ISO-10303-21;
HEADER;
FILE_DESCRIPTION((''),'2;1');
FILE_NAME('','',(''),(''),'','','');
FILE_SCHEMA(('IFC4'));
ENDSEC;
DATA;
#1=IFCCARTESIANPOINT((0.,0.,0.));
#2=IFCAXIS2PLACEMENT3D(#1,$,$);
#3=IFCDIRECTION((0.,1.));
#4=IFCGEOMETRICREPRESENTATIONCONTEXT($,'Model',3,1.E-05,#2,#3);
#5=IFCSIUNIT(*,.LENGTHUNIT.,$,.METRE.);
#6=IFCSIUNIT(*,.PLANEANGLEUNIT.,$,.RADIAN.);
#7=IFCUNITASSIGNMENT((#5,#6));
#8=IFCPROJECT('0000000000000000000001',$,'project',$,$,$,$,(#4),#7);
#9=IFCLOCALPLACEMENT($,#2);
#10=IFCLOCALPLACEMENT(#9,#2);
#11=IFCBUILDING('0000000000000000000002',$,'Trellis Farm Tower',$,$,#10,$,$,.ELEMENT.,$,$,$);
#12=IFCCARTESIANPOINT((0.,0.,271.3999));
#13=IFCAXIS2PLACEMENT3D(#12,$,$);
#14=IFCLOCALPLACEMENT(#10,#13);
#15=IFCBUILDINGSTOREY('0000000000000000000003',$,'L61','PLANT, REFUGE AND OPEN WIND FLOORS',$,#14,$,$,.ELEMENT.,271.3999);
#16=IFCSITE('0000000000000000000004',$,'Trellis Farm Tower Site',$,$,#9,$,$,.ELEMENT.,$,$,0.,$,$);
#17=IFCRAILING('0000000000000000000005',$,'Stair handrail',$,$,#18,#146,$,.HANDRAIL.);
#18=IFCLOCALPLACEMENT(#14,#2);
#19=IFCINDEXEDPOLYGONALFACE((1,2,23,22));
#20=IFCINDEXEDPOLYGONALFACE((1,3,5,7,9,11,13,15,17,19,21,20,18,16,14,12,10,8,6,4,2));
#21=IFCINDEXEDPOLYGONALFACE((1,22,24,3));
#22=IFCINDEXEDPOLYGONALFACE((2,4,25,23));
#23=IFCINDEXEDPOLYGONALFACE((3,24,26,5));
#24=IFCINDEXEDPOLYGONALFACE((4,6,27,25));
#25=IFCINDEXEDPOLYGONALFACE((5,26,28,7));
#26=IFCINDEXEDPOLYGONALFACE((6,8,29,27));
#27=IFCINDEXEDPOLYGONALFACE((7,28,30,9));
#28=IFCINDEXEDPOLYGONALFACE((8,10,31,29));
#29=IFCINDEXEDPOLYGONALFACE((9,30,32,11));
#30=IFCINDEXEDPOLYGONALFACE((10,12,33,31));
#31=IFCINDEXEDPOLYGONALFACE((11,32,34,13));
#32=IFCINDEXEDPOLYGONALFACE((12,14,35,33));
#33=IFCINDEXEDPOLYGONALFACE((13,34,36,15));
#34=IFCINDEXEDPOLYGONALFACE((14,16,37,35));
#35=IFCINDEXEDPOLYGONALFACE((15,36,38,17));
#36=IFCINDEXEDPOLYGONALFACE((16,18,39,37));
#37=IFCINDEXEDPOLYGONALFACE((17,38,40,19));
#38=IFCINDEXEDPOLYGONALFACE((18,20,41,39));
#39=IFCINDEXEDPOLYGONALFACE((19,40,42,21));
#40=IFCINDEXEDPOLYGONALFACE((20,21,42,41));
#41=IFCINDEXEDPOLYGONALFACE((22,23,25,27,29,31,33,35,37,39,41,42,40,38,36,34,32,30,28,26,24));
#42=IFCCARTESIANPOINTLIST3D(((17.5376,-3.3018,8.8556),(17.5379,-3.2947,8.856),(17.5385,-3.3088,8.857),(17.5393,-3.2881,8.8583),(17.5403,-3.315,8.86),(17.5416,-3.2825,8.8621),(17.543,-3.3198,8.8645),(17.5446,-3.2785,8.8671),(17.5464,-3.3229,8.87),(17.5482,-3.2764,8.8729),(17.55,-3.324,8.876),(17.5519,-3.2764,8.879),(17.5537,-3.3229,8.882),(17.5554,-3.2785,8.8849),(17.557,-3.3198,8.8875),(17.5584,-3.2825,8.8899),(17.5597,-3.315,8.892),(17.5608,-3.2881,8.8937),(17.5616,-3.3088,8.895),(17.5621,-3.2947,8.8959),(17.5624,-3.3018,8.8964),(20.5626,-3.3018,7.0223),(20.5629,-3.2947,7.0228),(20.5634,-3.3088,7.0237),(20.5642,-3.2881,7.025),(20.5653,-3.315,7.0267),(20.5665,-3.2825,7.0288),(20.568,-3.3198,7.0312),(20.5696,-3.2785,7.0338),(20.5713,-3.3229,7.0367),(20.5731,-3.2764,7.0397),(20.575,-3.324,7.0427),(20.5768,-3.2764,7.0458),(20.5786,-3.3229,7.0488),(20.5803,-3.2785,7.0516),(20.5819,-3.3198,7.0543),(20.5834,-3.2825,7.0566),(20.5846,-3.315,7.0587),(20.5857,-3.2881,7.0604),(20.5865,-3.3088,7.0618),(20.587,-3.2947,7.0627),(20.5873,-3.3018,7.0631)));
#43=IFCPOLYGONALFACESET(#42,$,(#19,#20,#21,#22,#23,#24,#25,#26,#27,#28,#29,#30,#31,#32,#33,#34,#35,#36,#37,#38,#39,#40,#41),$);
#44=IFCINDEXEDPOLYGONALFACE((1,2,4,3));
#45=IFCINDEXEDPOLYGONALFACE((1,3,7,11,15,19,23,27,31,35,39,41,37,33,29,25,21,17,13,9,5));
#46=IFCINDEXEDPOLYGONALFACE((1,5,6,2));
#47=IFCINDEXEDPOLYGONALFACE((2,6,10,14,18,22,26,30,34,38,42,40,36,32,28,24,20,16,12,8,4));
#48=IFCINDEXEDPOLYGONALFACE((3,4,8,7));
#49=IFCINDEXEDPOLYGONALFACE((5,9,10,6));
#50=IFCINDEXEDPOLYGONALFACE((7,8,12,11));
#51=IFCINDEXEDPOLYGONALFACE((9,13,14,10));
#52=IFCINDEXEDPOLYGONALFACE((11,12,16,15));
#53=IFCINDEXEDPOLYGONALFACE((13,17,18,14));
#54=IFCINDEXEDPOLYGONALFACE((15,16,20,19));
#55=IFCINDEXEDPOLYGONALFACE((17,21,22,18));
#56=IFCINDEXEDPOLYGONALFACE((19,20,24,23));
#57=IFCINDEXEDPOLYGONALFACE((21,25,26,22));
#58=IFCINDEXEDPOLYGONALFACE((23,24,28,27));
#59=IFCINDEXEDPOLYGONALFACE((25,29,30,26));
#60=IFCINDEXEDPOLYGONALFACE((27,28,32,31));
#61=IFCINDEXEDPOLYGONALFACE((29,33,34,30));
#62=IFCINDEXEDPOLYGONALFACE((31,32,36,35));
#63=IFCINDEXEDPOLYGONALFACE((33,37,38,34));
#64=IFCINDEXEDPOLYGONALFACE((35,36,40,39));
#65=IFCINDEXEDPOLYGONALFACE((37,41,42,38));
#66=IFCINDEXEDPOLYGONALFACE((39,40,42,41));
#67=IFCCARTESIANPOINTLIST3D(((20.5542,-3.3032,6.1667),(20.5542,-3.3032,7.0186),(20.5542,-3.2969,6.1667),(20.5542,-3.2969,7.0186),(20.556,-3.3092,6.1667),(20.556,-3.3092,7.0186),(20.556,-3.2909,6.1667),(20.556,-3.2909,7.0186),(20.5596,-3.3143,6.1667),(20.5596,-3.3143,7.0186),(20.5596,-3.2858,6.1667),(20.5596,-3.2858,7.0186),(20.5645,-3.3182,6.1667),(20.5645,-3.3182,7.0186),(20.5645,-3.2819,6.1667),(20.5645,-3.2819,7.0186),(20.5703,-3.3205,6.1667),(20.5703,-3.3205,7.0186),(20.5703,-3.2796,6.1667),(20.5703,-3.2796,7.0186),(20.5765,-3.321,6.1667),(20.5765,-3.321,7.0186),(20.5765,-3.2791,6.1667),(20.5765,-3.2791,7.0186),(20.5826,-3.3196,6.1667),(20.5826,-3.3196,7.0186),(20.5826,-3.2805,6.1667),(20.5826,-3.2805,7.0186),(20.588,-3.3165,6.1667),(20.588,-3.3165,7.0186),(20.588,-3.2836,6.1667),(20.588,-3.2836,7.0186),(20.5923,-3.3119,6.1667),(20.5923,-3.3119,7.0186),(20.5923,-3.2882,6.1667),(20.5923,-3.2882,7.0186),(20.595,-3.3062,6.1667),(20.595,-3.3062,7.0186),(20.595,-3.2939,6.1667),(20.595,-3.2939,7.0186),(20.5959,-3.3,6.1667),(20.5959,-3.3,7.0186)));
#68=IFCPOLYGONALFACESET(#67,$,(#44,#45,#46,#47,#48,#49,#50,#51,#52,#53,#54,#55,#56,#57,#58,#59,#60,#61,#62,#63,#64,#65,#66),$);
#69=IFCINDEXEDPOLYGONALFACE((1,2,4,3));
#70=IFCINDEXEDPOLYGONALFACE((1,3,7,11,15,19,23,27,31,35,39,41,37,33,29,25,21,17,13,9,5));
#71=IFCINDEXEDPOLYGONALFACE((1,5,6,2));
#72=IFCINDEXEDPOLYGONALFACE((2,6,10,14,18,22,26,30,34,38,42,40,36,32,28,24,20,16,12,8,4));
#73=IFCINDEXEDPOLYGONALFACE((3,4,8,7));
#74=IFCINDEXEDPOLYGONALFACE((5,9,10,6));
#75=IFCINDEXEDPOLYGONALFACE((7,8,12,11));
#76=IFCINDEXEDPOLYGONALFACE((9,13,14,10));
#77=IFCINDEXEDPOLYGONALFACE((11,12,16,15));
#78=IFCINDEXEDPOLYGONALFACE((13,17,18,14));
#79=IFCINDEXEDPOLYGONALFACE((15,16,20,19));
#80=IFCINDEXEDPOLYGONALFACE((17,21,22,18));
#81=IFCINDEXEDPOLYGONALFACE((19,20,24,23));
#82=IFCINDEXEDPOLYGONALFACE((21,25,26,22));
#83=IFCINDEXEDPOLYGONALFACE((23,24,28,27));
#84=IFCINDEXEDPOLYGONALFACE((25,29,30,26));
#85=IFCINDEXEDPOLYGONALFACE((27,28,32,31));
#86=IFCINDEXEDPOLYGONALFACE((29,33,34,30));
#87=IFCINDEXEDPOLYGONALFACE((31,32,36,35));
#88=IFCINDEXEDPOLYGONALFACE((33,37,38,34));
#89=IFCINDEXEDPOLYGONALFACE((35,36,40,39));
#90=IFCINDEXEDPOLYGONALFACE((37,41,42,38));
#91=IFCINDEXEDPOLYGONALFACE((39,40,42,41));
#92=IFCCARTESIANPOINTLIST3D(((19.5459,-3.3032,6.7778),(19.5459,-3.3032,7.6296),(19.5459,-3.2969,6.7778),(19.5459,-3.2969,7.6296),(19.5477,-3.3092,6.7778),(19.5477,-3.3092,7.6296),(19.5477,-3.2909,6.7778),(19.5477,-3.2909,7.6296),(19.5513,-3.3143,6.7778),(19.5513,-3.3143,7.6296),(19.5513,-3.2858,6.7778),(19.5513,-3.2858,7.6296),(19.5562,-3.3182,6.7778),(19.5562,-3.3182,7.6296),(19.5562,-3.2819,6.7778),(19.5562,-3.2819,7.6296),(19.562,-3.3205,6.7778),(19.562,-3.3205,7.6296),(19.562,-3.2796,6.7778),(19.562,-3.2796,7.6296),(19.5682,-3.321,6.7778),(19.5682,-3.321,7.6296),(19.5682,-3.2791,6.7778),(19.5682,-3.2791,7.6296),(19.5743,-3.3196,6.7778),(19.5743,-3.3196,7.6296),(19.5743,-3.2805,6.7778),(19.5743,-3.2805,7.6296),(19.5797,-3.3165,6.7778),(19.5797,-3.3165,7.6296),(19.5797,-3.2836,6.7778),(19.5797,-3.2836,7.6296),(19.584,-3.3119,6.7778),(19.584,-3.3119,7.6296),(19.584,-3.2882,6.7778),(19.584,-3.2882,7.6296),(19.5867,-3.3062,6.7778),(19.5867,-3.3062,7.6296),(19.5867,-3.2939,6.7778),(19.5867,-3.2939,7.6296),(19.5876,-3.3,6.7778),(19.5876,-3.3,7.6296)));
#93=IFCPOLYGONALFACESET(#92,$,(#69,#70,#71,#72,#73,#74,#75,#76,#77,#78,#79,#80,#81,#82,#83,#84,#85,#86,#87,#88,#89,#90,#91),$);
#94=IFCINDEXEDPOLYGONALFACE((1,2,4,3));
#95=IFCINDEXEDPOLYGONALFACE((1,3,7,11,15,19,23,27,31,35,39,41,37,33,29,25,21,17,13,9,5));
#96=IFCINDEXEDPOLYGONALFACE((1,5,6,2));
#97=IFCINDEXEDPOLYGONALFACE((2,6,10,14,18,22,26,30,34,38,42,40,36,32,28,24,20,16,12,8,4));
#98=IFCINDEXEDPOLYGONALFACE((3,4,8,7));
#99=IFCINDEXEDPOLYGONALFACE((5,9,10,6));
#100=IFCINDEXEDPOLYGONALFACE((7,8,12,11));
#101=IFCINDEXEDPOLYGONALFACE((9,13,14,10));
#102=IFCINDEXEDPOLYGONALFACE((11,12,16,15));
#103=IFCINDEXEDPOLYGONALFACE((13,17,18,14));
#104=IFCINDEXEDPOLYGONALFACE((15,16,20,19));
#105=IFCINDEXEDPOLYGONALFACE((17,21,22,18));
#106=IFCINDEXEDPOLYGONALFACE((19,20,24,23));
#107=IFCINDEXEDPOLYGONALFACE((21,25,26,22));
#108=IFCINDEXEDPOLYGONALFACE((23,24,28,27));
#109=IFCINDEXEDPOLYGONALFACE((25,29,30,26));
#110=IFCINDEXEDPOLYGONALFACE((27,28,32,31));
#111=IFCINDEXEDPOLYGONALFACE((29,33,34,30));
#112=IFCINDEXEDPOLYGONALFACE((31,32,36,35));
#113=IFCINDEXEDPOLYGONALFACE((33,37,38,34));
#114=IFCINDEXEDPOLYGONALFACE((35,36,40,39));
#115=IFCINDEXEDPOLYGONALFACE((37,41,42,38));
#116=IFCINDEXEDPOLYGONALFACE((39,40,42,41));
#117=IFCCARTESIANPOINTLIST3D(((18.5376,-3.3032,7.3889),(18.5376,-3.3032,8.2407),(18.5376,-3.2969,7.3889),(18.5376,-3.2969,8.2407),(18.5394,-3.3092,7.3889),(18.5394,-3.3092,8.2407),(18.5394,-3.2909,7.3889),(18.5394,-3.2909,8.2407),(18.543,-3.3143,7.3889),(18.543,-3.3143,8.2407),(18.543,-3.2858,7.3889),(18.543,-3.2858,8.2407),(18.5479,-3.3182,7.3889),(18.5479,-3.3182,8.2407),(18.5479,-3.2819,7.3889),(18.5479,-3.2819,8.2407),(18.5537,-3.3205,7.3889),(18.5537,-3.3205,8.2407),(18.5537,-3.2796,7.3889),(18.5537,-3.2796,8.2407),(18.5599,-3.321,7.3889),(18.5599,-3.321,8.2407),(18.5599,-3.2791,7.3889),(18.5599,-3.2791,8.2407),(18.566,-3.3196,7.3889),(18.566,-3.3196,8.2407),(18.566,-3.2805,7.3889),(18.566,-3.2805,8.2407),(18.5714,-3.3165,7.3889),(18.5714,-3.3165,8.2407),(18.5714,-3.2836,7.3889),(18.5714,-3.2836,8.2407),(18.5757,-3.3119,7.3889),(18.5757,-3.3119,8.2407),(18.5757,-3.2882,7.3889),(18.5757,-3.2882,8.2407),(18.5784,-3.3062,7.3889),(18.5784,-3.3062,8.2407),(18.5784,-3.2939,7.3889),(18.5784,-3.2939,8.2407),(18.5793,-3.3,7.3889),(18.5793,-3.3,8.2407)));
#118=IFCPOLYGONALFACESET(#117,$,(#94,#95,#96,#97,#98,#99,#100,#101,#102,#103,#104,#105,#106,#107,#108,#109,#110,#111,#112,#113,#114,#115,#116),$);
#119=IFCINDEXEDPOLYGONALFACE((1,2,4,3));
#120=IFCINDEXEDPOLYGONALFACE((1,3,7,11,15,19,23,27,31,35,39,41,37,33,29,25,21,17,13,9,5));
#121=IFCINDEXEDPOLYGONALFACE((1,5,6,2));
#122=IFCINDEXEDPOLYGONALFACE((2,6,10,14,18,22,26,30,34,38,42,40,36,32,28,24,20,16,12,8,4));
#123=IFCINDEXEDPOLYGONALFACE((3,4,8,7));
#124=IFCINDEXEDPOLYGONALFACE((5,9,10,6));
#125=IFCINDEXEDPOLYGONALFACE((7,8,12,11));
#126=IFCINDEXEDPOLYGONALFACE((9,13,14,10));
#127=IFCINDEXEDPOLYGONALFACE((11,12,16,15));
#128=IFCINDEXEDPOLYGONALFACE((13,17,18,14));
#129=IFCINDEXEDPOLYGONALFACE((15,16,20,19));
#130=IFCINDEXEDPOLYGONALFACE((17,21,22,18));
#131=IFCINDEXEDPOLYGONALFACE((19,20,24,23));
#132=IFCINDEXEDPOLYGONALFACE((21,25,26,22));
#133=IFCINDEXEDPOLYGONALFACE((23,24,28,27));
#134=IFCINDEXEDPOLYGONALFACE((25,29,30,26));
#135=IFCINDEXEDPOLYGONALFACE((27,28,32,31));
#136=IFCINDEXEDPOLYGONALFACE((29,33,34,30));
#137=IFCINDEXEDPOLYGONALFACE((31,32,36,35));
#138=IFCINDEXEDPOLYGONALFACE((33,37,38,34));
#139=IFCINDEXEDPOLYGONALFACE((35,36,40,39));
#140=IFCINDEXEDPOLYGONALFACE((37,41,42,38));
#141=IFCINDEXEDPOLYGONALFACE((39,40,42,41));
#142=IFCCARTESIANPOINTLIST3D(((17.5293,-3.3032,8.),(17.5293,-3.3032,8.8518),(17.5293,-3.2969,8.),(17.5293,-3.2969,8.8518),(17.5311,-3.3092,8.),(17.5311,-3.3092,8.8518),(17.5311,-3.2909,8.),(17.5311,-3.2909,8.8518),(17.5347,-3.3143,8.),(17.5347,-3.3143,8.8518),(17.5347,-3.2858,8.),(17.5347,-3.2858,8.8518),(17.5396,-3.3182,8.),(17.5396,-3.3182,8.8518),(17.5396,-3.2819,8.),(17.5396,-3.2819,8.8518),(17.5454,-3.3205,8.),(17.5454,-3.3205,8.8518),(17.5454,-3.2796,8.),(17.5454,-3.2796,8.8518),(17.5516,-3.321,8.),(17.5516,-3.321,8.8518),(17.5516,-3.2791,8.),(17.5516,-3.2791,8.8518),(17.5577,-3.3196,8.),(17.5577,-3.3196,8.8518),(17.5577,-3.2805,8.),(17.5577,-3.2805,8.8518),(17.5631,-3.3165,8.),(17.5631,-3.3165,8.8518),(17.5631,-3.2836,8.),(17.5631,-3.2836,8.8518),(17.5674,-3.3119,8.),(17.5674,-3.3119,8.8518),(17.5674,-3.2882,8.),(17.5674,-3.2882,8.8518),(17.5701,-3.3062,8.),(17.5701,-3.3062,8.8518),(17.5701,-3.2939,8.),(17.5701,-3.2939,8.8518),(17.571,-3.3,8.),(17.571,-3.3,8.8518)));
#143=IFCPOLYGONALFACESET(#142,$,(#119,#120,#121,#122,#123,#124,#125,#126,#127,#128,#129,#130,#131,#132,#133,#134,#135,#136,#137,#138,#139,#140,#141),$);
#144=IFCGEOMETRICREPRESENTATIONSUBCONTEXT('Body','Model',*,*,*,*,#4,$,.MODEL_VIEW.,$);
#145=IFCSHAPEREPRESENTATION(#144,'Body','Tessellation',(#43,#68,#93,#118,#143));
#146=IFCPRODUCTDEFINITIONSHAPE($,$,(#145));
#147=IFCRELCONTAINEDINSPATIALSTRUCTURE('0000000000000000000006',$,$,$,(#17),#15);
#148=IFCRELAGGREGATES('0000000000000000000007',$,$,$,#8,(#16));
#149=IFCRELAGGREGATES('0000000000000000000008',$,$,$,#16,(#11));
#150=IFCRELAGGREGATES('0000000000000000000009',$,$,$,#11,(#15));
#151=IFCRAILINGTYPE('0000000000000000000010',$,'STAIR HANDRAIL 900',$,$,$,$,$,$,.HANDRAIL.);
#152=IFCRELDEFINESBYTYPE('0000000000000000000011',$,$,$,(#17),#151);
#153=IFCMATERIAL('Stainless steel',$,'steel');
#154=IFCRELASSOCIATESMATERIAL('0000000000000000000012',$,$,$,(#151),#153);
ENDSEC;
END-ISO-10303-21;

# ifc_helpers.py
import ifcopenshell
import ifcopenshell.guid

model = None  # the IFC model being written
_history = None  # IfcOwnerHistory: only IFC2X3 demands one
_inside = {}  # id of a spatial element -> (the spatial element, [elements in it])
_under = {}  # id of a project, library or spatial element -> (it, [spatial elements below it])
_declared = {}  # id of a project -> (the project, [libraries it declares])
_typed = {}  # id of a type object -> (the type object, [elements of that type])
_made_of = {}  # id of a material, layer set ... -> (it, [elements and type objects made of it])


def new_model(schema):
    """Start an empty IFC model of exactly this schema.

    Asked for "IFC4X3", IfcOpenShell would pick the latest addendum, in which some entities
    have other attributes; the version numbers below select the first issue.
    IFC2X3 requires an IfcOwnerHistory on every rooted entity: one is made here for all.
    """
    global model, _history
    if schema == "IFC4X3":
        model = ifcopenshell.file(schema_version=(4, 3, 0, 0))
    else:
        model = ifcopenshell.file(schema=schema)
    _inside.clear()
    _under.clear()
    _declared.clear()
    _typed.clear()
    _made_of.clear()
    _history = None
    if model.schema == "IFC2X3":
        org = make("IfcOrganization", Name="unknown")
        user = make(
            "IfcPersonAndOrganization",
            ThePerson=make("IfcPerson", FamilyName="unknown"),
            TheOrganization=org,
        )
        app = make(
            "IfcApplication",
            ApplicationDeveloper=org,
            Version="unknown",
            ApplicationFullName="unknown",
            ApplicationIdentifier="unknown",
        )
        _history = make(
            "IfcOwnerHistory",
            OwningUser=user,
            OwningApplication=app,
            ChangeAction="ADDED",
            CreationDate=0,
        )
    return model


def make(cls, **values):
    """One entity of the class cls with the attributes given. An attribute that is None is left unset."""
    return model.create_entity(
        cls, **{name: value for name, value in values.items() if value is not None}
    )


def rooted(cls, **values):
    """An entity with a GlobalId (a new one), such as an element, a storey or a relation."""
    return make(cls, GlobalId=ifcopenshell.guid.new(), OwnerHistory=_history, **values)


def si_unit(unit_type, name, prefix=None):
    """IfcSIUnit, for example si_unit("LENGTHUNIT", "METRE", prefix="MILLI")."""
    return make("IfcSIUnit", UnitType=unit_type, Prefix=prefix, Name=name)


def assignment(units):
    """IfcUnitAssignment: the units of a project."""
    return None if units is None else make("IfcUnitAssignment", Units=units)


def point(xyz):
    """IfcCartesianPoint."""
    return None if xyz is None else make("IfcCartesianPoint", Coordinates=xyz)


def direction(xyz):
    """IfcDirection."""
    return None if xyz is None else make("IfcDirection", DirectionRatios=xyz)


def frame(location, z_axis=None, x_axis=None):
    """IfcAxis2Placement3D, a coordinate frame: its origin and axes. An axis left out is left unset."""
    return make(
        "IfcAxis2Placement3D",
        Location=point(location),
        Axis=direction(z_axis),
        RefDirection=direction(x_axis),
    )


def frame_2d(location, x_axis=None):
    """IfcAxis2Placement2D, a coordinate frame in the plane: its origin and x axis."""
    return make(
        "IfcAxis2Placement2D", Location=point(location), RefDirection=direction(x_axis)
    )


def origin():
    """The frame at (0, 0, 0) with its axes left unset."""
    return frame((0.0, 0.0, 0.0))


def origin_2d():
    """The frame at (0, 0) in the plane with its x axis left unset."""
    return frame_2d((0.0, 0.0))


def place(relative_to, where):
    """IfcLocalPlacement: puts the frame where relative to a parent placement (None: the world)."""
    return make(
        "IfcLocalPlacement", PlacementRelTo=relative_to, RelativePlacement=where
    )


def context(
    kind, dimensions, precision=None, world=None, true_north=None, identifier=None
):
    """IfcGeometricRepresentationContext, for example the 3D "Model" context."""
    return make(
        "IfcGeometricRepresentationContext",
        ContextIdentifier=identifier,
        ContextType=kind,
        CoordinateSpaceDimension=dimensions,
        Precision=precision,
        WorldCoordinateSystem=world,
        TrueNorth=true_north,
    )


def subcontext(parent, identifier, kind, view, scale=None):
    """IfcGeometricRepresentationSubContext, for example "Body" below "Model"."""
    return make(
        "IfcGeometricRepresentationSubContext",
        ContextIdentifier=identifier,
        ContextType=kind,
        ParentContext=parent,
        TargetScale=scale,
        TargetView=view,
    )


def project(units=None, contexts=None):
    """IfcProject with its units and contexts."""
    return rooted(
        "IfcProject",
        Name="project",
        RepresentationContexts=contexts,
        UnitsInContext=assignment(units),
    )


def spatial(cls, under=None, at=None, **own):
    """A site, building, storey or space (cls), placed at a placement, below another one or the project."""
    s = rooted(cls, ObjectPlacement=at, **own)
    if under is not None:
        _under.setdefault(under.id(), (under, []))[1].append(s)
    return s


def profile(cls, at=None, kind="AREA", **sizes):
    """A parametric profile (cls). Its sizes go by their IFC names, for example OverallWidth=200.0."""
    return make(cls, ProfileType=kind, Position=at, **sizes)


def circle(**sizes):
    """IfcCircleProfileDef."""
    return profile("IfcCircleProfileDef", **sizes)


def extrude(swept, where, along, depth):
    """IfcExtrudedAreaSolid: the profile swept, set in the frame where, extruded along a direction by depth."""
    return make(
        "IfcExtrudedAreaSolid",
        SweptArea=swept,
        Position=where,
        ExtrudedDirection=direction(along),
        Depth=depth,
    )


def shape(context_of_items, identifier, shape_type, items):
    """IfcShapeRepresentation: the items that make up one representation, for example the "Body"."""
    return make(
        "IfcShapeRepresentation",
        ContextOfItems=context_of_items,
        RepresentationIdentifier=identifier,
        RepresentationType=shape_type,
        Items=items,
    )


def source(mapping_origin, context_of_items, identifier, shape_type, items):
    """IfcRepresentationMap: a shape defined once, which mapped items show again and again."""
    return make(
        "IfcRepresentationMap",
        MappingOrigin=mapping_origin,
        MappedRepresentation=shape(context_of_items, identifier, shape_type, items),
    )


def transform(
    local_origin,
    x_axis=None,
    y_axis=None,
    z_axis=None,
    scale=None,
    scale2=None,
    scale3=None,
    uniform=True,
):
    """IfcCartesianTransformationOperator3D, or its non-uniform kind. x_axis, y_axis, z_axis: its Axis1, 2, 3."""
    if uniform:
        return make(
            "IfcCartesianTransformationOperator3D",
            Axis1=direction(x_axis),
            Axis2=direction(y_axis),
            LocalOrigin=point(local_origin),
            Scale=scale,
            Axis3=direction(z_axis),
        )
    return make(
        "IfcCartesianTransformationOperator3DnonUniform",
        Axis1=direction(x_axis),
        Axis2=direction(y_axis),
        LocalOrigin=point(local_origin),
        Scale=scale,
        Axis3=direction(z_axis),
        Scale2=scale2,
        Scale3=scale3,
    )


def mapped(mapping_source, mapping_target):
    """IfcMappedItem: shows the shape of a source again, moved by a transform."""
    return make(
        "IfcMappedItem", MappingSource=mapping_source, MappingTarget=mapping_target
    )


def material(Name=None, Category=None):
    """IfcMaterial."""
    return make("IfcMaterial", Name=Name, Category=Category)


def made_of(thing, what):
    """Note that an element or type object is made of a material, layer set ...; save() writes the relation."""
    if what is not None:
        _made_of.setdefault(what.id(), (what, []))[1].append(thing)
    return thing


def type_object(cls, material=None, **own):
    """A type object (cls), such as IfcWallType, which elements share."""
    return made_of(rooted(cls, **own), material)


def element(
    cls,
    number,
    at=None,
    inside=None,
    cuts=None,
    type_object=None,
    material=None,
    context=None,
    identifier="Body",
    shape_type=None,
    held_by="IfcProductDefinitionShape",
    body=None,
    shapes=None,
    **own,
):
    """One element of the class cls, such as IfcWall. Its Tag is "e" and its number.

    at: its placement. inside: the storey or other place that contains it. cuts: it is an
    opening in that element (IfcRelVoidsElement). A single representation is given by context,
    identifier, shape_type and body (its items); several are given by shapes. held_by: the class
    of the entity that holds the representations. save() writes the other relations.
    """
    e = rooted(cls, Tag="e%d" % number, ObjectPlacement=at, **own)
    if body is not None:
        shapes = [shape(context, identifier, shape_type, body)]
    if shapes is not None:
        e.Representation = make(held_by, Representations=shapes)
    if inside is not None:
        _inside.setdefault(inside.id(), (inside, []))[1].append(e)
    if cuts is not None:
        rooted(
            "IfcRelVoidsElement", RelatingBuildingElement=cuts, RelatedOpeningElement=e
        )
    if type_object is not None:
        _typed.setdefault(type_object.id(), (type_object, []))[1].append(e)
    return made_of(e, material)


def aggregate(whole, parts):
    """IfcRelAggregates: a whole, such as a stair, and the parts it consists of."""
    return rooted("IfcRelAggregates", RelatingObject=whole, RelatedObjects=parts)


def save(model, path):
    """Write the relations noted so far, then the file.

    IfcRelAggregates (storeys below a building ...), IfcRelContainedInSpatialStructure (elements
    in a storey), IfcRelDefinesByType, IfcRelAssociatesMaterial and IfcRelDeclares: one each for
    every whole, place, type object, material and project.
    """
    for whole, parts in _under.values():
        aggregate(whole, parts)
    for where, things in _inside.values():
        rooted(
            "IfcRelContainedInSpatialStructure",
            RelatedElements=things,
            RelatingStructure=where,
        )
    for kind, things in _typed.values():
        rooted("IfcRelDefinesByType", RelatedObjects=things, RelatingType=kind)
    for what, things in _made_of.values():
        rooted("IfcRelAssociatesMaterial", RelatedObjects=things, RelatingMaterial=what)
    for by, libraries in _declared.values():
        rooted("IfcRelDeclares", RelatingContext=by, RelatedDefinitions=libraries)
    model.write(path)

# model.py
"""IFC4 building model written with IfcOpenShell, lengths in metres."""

from ifc_helpers import new_model, si_unit, direction, frame, origin, origin_2d, place, context, subcontext, project, spatial, circle, extrude, source, transform, mapped, material, type_object, element, save


model = new_model("IFC4")

# Units and contexts
model_context = context("Model", 3, precision=1e-05, world=origin(), true_north=direction((0.0, 1.0)))
body_context = subcontext(model_context, "Body", "Model", "MODEL_VIEW")
ifc_project = project(units=[si_unit("LENGTHUNIT", "METRE"), si_unit("PLANEANGLEUNIT", "RADIAN")], contexts=[model_context])

# Site, building, storey
site_placement = place(None, origin())
site = spatial("IfcSite", under=ifc_project, at=site_placement, Name="Trellis Farm Tower Site", CompositionType="ELEMENT", RefElevation=0.0)
building_placement = place(site_placement, origin())
building = spatial("IfcBuilding", under=site, at=building_placement, Name="Trellis Farm Tower", CompositionType="ELEMENT")
storey_placement = place(building_placement, frame((0.0, 0.0, 271.3999)))
storey = spatial("IfcBuildingStorey", under=building, at=storey_placement, Name="L61", Description="PLANT, REFUGE AND OPEN WIND FLOORS", CompositionType="ELEMENT", Elevation=271.3999)

# Railing
ifc_material_1 = material(Name="Stainless steel", Category="steel")
railing_type_1 = type_object("IfcRailingType", Name="STAIR HANDRAIL 900", PredefinedType="HANDRAIL", material=ifc_material_1)
shared_shape_1 = source(origin(), body_context, "Body", "SweptSolid", [
    extrude(circle(Radius=0.0239, at=origin_2d()), frame((0.0, 0.0, 0.876), z_axis=(-0.855201, 0.0, 0.518297), x_axis=(0.0, -1.0, 0.0)), (0.0, 0.0, 1.0), 3.5371),
    extrude(circle(Radius=0.021, at=origin_2d()), origin(), (0.0, 0.0, 1.0), 0.8518),
    extrude(circle(Radius=0.021, at=origin_2d()), frame((-1.0083, 0.0, 0.6111)), (0.0, 0.0, 1.0), 0.8518),
    extrude(circle(Radius=0.021, at=origin_2d()), frame((-2.0166, 0.0, 1.2222)), (0.0, 0.0, 1.0), 0.8518),
    extrude(circle(Radius=0.021, at=origin_2d()), frame((-3.0249, 0.0, 1.8333)), (0.0, 0.0, 1.0), 0.8518),
])
for number, where, name in (
    (1, (20.575, -3.3, 6.1667), "Stair handrail"),
):
    element("IfcRailing", number, at=place(storey_placement, frame(where)), inside=storey, type_object=railing_type_1, Name=name, PredefinedType="HANDRAIL", context=body_context, shape_type="MappedRepresentation", body=[
        mapped(shared_shape_1, transform((0.0, 0.0, 0.0))),
    ])

save(model, "model.ifc")
